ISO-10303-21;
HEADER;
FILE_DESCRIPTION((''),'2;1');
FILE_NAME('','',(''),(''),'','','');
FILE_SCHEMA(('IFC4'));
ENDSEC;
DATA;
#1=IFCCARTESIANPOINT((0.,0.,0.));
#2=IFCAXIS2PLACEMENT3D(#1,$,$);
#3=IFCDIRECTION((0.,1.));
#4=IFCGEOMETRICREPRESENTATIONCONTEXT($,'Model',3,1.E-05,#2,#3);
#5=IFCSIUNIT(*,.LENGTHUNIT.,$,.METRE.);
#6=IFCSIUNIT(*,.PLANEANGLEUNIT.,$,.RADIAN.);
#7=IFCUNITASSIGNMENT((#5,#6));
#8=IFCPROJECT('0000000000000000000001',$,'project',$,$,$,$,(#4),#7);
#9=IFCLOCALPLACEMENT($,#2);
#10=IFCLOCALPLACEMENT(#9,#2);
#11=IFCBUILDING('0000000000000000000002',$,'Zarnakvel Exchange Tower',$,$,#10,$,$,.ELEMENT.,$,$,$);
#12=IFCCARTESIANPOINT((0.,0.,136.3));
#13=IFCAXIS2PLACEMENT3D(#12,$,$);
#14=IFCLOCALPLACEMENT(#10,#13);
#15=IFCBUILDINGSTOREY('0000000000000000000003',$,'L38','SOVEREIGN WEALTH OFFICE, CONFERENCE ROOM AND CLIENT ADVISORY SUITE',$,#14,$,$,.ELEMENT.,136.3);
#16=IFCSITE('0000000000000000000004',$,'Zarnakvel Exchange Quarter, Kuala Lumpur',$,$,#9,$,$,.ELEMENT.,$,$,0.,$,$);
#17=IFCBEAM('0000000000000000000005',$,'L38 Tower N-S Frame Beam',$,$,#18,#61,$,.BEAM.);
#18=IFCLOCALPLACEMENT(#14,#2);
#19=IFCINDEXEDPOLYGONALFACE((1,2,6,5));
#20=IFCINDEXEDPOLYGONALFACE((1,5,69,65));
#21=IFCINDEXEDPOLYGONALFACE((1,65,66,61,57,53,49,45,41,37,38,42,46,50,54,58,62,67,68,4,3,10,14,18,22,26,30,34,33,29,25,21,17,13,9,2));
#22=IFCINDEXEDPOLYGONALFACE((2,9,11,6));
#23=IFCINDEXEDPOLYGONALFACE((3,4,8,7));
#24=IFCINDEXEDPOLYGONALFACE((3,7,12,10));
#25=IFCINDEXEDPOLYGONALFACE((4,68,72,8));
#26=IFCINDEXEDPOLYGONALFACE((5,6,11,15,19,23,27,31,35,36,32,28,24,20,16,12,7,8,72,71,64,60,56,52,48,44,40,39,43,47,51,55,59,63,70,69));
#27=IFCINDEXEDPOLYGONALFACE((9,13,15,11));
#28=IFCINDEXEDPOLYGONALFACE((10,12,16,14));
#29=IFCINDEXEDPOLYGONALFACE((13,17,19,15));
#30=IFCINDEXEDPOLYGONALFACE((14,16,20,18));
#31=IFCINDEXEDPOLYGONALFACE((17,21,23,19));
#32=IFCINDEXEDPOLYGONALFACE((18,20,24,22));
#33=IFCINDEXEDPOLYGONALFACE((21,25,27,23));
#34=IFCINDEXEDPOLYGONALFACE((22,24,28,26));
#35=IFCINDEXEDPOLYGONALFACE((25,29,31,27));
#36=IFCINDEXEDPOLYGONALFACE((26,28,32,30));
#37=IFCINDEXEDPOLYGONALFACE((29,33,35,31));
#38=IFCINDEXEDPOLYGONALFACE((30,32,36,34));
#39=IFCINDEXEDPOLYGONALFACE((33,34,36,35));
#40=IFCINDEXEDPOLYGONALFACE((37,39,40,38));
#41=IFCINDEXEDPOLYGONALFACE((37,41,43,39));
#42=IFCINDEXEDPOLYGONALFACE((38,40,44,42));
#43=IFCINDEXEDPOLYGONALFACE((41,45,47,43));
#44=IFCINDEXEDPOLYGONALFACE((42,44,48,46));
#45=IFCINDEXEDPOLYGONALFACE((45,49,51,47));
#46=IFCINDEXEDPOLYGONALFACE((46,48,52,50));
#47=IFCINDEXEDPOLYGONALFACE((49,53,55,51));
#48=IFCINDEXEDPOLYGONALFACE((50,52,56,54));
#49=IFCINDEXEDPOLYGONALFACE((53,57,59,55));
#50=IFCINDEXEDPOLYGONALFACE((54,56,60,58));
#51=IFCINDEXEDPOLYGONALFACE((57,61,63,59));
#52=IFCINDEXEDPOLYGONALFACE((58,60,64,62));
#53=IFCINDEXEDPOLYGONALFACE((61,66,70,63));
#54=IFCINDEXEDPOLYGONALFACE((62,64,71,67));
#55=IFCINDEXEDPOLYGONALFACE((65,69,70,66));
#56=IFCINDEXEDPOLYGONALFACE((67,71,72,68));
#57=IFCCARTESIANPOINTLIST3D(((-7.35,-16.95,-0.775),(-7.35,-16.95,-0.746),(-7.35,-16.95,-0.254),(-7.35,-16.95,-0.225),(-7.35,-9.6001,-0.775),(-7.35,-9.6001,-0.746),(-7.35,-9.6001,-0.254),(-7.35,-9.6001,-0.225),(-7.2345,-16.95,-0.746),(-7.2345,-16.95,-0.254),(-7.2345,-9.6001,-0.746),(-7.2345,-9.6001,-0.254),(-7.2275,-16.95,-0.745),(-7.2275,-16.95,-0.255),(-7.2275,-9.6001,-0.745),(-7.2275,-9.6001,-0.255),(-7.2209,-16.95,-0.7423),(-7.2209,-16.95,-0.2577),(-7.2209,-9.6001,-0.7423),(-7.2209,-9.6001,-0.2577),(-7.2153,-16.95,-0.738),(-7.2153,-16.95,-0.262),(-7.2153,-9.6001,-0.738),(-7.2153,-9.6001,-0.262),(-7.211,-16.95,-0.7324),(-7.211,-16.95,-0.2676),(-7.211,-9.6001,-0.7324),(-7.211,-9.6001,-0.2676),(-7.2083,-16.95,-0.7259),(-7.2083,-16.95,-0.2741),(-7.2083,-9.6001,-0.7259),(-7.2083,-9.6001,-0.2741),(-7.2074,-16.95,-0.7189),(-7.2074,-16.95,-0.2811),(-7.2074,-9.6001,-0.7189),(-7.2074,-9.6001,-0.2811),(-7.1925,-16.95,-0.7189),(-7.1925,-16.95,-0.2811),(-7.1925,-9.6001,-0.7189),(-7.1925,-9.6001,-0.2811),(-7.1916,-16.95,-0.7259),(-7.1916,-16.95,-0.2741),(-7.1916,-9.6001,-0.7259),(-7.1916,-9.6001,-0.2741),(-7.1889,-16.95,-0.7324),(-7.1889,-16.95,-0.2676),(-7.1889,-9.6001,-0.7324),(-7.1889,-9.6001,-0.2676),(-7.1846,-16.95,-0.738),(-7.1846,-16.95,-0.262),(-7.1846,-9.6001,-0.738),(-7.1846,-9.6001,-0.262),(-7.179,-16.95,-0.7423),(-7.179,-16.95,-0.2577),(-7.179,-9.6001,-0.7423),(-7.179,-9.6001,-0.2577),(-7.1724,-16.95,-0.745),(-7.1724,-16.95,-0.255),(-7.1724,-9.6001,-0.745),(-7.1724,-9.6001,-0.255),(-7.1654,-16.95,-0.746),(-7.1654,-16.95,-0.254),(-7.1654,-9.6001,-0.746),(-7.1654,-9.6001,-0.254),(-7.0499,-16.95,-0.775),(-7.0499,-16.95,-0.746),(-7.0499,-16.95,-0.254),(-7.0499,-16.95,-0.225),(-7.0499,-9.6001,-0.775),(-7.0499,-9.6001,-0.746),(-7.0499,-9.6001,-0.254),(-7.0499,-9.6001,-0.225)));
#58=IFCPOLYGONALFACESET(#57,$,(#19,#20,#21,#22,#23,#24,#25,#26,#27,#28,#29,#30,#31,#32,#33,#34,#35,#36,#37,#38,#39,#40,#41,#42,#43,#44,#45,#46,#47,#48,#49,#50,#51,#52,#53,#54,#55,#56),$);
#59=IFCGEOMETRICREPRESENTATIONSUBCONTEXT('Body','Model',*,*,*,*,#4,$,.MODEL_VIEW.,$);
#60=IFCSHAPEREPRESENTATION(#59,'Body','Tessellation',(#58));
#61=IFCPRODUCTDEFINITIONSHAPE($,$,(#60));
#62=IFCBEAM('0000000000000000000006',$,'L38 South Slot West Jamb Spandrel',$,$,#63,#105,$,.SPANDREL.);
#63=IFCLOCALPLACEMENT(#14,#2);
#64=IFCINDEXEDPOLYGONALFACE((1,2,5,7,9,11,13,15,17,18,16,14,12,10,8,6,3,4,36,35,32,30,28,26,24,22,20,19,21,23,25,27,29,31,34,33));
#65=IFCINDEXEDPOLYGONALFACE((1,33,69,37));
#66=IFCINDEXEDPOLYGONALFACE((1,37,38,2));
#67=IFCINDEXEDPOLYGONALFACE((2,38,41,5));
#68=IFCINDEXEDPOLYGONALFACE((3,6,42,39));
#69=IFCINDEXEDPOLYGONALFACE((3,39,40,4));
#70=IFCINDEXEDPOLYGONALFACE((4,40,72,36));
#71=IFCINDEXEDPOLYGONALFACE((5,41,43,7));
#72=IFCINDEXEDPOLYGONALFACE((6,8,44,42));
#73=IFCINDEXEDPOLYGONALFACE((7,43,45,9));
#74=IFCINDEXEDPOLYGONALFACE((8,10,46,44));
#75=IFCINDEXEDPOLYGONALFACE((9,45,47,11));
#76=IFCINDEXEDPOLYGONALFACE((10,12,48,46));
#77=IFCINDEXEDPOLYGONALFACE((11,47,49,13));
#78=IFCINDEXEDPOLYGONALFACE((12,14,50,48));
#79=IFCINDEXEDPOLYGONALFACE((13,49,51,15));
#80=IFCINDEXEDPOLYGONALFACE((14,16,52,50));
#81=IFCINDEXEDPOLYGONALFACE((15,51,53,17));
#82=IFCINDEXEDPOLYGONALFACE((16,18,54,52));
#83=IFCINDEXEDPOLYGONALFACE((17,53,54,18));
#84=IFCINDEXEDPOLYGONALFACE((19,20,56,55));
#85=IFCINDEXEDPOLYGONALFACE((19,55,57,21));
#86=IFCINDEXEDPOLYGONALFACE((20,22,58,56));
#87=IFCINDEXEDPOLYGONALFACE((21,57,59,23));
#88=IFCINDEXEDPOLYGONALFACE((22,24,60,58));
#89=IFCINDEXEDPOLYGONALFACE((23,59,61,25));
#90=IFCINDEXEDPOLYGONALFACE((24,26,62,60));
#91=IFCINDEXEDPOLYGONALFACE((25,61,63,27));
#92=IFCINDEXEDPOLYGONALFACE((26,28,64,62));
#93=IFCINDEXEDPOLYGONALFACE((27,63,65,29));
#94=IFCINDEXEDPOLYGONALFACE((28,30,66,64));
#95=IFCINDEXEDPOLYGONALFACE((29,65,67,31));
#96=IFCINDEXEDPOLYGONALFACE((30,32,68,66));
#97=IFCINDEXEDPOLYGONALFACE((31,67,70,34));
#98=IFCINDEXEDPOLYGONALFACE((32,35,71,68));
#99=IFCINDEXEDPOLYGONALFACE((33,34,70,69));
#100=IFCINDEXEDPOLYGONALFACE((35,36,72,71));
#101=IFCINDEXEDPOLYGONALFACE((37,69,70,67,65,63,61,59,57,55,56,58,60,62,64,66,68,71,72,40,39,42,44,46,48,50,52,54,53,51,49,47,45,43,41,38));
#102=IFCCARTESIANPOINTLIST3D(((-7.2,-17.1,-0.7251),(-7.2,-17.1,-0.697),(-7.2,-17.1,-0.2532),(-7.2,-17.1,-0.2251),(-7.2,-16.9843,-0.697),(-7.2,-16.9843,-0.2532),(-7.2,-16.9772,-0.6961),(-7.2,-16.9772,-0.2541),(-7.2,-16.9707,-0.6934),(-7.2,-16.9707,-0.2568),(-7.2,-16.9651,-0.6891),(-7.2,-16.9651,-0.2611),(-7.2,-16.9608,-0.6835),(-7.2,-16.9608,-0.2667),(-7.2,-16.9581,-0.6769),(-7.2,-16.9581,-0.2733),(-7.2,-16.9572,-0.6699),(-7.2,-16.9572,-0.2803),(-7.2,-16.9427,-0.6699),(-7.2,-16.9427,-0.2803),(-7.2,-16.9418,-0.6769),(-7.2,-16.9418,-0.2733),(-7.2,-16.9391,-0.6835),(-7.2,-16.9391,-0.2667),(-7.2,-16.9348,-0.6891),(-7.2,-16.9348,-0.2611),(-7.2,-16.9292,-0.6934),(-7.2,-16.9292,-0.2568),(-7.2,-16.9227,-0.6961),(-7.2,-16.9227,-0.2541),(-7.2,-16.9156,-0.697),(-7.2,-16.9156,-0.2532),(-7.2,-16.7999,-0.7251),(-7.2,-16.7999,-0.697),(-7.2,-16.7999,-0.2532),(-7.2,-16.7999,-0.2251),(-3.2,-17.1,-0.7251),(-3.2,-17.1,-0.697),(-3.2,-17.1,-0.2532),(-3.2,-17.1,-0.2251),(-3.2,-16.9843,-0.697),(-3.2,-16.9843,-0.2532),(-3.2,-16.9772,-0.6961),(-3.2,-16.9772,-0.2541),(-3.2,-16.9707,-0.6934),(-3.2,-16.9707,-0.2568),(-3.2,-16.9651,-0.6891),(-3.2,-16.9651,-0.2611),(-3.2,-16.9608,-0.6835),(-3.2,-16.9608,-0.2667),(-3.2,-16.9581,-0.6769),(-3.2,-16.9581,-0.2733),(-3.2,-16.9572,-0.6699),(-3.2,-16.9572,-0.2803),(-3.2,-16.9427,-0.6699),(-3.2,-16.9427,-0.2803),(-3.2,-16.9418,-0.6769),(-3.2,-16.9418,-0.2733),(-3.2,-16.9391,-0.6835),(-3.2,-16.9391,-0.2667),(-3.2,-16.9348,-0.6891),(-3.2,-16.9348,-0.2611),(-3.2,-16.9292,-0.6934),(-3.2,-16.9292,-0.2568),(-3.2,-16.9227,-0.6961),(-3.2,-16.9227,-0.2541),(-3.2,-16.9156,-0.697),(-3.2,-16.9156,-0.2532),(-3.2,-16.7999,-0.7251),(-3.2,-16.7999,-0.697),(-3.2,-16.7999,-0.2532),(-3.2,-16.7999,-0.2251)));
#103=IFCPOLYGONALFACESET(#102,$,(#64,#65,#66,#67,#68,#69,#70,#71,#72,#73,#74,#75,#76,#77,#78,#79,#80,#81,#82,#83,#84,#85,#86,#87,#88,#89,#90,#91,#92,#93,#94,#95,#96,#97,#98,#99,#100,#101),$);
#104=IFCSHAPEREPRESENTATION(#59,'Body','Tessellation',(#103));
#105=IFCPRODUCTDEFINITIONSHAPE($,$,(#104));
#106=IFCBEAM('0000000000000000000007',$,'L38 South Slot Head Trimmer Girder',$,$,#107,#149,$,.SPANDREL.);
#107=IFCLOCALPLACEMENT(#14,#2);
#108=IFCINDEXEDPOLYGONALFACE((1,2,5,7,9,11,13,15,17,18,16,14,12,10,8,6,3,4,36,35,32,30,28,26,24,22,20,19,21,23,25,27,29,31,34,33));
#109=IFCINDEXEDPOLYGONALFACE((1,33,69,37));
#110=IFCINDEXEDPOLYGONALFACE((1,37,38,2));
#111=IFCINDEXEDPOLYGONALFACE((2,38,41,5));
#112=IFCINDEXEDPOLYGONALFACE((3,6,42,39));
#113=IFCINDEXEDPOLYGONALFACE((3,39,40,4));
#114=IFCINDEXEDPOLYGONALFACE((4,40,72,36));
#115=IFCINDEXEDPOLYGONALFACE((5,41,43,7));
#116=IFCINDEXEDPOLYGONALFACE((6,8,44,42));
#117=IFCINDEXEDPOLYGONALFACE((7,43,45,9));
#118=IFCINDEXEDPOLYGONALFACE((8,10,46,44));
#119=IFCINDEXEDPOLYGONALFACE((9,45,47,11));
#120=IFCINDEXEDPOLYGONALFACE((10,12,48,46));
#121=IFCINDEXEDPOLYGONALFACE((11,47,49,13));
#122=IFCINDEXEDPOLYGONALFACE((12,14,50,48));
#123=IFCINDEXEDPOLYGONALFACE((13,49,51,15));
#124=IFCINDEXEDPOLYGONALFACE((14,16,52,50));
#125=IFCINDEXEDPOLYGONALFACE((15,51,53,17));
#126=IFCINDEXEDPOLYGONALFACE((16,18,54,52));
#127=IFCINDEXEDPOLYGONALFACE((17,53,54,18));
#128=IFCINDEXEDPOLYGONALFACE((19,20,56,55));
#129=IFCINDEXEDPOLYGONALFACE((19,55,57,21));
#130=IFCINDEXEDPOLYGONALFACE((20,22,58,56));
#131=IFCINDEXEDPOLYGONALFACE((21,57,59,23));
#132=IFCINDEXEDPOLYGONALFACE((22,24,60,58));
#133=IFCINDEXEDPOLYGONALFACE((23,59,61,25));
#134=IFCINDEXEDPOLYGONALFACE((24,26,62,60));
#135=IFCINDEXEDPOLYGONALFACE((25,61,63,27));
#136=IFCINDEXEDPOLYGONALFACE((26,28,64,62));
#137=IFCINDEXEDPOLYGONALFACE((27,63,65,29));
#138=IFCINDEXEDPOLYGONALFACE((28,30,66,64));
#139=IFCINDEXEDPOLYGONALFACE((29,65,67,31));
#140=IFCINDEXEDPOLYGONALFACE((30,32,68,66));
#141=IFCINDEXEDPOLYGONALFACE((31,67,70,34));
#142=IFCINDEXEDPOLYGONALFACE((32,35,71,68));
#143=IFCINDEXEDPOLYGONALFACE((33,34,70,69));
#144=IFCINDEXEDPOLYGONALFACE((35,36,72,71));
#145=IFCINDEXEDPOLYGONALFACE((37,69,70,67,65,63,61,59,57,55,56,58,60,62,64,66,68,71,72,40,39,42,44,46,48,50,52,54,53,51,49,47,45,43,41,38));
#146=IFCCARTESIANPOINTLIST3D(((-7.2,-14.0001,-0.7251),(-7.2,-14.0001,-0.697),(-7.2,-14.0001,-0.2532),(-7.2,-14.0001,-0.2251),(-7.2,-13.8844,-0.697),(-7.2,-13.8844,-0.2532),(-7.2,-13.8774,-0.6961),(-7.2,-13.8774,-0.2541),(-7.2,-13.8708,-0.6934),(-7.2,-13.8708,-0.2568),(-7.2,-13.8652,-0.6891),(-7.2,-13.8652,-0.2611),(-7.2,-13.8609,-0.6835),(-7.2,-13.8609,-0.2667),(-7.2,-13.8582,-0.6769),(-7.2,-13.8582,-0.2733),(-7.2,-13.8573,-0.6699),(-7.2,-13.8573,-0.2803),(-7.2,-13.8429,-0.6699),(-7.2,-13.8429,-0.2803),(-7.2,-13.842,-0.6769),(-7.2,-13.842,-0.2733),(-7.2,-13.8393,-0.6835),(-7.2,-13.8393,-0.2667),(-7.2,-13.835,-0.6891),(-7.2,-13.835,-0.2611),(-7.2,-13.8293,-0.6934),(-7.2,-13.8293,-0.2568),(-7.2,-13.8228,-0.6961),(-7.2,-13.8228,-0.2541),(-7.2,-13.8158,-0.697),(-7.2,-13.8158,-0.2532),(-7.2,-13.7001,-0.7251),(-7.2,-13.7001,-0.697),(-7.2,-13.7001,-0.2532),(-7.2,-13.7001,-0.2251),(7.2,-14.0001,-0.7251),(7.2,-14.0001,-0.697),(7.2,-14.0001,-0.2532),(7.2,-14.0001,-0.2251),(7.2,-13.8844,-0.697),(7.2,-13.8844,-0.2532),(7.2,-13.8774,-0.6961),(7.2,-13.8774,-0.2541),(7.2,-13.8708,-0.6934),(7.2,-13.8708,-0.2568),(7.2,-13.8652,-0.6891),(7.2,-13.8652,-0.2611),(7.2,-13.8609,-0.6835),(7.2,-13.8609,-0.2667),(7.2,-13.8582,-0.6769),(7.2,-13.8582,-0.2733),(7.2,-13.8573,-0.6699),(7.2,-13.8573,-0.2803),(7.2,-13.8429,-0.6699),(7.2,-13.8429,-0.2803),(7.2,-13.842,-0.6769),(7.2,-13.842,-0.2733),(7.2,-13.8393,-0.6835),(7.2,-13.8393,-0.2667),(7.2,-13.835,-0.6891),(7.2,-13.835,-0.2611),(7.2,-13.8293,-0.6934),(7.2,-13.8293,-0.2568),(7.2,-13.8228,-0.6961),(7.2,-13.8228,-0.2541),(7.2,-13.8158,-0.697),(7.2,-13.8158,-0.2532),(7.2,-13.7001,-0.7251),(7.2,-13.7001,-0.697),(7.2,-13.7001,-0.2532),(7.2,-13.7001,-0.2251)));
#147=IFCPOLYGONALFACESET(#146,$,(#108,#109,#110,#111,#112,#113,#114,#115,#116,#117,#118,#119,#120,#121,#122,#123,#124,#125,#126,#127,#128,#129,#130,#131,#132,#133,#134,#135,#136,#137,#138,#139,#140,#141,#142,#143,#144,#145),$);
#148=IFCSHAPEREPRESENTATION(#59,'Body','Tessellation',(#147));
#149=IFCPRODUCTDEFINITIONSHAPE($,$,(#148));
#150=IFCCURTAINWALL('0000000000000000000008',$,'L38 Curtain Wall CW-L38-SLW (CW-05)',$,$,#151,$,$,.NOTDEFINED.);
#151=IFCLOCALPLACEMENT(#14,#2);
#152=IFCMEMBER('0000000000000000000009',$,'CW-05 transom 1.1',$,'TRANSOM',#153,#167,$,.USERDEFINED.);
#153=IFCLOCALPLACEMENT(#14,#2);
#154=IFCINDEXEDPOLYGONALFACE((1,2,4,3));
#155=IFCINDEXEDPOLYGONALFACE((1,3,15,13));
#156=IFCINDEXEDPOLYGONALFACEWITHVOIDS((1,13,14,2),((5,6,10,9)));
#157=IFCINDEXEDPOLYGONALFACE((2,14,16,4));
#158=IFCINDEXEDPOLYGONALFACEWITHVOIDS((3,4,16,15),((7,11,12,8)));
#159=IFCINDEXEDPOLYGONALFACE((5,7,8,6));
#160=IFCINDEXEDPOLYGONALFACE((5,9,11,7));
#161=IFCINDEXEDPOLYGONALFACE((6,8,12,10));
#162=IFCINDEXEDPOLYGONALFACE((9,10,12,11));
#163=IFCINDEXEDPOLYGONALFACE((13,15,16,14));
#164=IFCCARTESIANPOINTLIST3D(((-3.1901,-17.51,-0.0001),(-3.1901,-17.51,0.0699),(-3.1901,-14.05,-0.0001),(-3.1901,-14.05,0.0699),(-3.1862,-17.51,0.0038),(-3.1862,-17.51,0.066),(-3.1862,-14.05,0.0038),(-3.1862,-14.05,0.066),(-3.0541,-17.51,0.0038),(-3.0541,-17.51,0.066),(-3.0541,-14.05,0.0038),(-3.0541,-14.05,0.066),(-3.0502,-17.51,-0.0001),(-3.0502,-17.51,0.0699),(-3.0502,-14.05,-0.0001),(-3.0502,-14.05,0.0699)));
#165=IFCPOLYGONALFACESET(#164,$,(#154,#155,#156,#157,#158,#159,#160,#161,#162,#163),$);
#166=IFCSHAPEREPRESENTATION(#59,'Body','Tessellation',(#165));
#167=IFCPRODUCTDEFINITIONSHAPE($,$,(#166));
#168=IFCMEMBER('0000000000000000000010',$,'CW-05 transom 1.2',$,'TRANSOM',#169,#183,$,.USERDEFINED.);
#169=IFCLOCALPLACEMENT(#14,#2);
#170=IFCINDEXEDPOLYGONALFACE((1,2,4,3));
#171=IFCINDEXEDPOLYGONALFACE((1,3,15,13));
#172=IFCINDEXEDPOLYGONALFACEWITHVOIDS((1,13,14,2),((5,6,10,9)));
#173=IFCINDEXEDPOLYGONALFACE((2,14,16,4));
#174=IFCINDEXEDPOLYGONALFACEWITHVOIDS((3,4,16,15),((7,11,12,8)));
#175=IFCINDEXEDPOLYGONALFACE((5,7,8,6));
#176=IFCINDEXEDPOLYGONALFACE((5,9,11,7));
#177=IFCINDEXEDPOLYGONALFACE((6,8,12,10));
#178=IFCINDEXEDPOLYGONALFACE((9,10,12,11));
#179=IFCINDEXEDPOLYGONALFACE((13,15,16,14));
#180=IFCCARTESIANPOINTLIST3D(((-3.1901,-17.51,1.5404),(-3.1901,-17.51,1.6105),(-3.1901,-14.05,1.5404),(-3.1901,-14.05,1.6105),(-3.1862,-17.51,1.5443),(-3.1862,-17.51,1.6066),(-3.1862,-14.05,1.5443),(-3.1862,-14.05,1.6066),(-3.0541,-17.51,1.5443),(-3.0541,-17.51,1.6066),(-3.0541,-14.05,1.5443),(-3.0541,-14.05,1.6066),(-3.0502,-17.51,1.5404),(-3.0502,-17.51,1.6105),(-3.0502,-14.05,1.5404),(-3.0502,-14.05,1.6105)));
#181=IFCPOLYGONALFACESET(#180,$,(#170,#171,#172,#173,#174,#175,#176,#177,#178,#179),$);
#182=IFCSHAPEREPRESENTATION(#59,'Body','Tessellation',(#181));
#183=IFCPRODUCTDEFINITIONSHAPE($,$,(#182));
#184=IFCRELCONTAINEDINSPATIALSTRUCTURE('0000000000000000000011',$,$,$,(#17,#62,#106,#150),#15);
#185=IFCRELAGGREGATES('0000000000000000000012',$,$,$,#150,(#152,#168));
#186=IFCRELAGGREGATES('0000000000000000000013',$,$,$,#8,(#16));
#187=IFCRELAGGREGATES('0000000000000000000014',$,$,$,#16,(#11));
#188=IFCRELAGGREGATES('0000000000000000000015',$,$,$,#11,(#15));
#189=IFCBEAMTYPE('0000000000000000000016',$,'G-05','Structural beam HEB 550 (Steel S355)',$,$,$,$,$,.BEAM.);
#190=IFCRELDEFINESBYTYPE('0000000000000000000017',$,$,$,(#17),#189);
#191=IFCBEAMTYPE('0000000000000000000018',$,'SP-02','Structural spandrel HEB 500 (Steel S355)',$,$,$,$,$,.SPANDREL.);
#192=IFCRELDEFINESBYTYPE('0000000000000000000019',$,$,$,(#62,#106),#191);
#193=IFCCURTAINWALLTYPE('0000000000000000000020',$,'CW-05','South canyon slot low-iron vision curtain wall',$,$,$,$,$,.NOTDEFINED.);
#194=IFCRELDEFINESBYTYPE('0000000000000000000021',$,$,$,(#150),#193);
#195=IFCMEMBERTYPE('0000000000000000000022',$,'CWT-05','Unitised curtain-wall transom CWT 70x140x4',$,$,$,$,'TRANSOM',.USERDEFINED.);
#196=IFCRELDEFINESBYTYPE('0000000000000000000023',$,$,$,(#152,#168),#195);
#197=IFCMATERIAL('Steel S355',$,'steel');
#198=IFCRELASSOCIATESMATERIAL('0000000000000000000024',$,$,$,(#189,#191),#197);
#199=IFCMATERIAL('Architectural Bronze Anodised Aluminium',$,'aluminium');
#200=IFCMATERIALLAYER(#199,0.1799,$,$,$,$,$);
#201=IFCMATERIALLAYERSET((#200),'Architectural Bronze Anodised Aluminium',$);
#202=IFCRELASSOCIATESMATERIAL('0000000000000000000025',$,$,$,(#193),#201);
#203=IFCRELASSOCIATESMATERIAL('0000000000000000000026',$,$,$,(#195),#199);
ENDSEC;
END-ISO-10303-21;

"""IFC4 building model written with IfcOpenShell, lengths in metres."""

from ifc_helpers import new_model, si_unit, direction, frame, origin, origin_2d, place, context, subcontext, project, spatial, hollow_rectangle, i_section, extrude, source, transform, mapped, material, layer, layer_set, material_profile, profile_set, type_object, element, aggregate, save


model = new_model("IFC4")

# Units and contexts
model_context = context("Model", 3, precision=1e-05, world=origin(), true_north=direction((0.0, 1.0)))
body_context = subcontext(model_context, "Body", "Model", "MODEL_VIEW")
ifc_project = project(units=[si_unit("LENGTHUNIT", "METRE"), si_unit("PLANEANGLEUNIT", "RADIAN")], contexts=[model_context])

# Site, building, storey
site_placement = place(None, origin())
site = spatial("IfcSite", under=ifc_project, at=site_placement, Name="Zarnakvel Exchange Quarter, Kuala Lumpur", CompositionType="ELEMENT", RefElevation=0.0)
building_placement = place(site_placement, origin())
building = spatial("IfcBuilding", under=site, at=building_placement, Name="Zarnakvel Exchange Tower", CompositionType="ELEMENT")
storey_placement = place(building_placement, frame((0.0, 0.0, 136.3)))
storey = spatial("IfcBuildingStorey", under=building, at=storey_placement, Name="L38", Description="SOVEREIGN WEALTH OFFICE, CONFERENCE ROOM AND CLIENT ADVISORY SUITE", CompositionType="ELEMENT", Elevation=136.3)

# Beams
ifc_material_1 = material(Name="Steel S355", Category="steel")
ifc_material_profile_1 = material_profile(ifc_material_1, i_section(OverallWidth=0.3, OverallDepth=0.55, WebThickness=0.0149, FlangeThickness=0.0291, FilletRadius=0.0271, at=origin_2d()))
ifc_profile_set_1 = profile_set([ifc_material_profile_1], Name="Steel S355")
beam_type_1 = type_object("IfcBeamType", Name="G-05", Description="Structural beam HEB 550 (Steel S355)", PredefinedType="BEAM", material=ifc_profile_set_1)
beam_1_placement = place(storey_placement, frame((-7.2, -16.95, -0.5), z_axis=(0.0, 1.0, 0.0), x_axis=(-1.0, 0.0, 0.0)))
element("IfcBeam", 1, at=beam_1_placement, inside=storey, type_object=beam_type_1, Name="L38 Tower N-S Frame Beam", PredefinedType="BEAM", context=body_context, shape_type="SweptSolid", body=[
    extrude(i_section(OverallWidth=0.3, OverallDepth=0.55, WebThickness=0.0149, FlangeThickness=0.0291, FilletRadius=0.0271, at=origin_2d()), origin(), (0.0, 0.0, 1.0), 7.3499),
])
ifc_material_profile_2 = material_profile(ifc_material_1, i_section(OverallWidth=0.3, OverallDepth=0.5, WebThickness=0.0144, FlangeThickness=0.0281, FilletRadius=0.0271, at=origin_2d()))
ifc_profile_set_2 = profile_set([ifc_material_profile_2], Name="Steel S355")
beam_type_2 = type_object("IfcBeamType", Name="SP-02", Description="Structural spandrel HEB 500 (Steel S355)", PredefinedType="SPANDREL", material=ifc_profile_set_2)
beam_2_placement = place(storey_placement, frame((-7.2, -16.95, -0.4751), z_axis=(1.0, 0.0, 0.0), x_axis=(0.0, 1.0, 0.0)))
element("IfcBeam", 2, at=beam_2_placement, inside=storey, type_object=beam_type_2, Name="L38 South Slot West Jamb Spandrel", PredefinedType="SPANDREL", context=body_context, shape_type="SweptSolid", body=[
    extrude(i_section(OverallWidth=0.3, OverallDepth=0.5, WebThickness=0.0144, FlangeThickness=0.0281, FilletRadius=0.0271, at=origin_2d()), origin(), (0.0, 0.0, 1.0), 4.0),
])
beam_3_placement = place(storey_placement, frame((-7.2, -13.8501, -0.4751), z_axis=(1.0, 0.0, 0.0), x_axis=(0.0, 1.0, 0.0)))
element("IfcBeam", 3, at=beam_3_placement, inside=storey, type_object=beam_type_2, Name="L38 South Slot Head Trimmer Girder", PredefinedType="SPANDREL", context=body_context, shape_type="SweptSolid", body=[
    extrude(i_section(OverallWidth=0.3, OverallDepth=0.5, WebThickness=0.0144, FlangeThickness=0.0281, FilletRadius=0.0271, at=origin_2d()), origin(), (0.0, 0.0, 1.0), 14.3999),
])

# Curtain wall, members
ifc_material_2 = material(Name="Architectural Bronze Anodised Aluminium", Category="aluminium")
ifc_layer_1 = layer(ifc_material_2, 0.1799)
ifc_layer_set_1 = layer_set([ifc_layer_1], Name="Architectural Bronze Anodised Aluminium")
curtain_wall_type = type_object("IfcCurtainWallType", Name="CW-05", Description="South canyon slot low-iron vision curtain wall", PredefinedType="NOTDEFINED", material=ifc_layer_set_1)
curtain_wall_1_placement = place(storey_placement, origin())
curtain_wall_1 = element("IfcCurtainWall", 4, at=curtain_wall_1_placement, inside=storey, type_object=curtain_wall_type, Name="L38 Curtain Wall CW-L38-SLW (CW-05)", PredefinedType="NOTDEFINED")
ifc_material_profile_3 = material_profile(ifc_material_2, hollow_rectangle(XDim=0.1399, YDim=0.0701, WallThickness=0.0039, at=origin_2d()))
ifc_profile_set_3 = profile_set([ifc_material_profile_3], Name="Architectural Bronze Anodised Aluminium")
member_type_1 = type_object("IfcMemberType", Name="CWT-05", Description="Unitised curtain-wall transom CWT 70x140x4", ElementType="TRANSOM", PredefinedType="USERDEFINED", material=ifc_profile_set_3)
shared_shape_1 = source(origin(), body_context, "Body", "SweptSolid", [
    extrude(hollow_rectangle(XDim=0.1399, YDim=0.0701, WallThickness=0.0039, at=origin_2d()), origin(), (0.0, 0.0, 1.0), 3.46),
])
member_1_placement = place(storey_placement, frame((-3.1201, -17.51, 0.0349), z_axis=(0.0, 1.0, 0.0), x_axis=(-1.0, 0.0, 0.0)))
member_1 = element("IfcMember", 5, at=member_1_placement, type_object=member_type_1, Name="CW-05 transom 1.1", ObjectType="TRANSOM", PredefinedType="USERDEFINED", context=body_context, shape_type="MappedRepresentation", body=[
    mapped(shared_shape_1, transform((0.0, 0.0, 0.0), x_axis=(1.0, 0.0, 0.0), y_axis=(0.0, 1.0, 0.0), z_axis=(0.0, 0.0, 1.0), scale=1.0)),
])
member_2_placement = place(storey_placement, frame((-3.1201, -17.51, 1.5754), z_axis=(0.0, 1.0, 0.0), x_axis=(-1.0, 0.0, 0.0)))
member_2 = element("IfcMember", 6, at=member_2_placement, type_object=member_type_1, Name="CW-05 transom 1.2", ObjectType="TRANSOM", PredefinedType="USERDEFINED", context=body_context, shape_type="MappedRepresentation", body=[
    mapped(shared_shape_1, transform((0.0, 0.0, 0.0), x_axis=(1.0, 0.0, 0.0), y_axis=(0.0, 1.0, 0.0), z_axis=(0.0, 0.0, 1.0), scale=1.0)),
])

aggregate(curtain_wall_1, [member_1, member_2])

save(model, "model.ifc")
